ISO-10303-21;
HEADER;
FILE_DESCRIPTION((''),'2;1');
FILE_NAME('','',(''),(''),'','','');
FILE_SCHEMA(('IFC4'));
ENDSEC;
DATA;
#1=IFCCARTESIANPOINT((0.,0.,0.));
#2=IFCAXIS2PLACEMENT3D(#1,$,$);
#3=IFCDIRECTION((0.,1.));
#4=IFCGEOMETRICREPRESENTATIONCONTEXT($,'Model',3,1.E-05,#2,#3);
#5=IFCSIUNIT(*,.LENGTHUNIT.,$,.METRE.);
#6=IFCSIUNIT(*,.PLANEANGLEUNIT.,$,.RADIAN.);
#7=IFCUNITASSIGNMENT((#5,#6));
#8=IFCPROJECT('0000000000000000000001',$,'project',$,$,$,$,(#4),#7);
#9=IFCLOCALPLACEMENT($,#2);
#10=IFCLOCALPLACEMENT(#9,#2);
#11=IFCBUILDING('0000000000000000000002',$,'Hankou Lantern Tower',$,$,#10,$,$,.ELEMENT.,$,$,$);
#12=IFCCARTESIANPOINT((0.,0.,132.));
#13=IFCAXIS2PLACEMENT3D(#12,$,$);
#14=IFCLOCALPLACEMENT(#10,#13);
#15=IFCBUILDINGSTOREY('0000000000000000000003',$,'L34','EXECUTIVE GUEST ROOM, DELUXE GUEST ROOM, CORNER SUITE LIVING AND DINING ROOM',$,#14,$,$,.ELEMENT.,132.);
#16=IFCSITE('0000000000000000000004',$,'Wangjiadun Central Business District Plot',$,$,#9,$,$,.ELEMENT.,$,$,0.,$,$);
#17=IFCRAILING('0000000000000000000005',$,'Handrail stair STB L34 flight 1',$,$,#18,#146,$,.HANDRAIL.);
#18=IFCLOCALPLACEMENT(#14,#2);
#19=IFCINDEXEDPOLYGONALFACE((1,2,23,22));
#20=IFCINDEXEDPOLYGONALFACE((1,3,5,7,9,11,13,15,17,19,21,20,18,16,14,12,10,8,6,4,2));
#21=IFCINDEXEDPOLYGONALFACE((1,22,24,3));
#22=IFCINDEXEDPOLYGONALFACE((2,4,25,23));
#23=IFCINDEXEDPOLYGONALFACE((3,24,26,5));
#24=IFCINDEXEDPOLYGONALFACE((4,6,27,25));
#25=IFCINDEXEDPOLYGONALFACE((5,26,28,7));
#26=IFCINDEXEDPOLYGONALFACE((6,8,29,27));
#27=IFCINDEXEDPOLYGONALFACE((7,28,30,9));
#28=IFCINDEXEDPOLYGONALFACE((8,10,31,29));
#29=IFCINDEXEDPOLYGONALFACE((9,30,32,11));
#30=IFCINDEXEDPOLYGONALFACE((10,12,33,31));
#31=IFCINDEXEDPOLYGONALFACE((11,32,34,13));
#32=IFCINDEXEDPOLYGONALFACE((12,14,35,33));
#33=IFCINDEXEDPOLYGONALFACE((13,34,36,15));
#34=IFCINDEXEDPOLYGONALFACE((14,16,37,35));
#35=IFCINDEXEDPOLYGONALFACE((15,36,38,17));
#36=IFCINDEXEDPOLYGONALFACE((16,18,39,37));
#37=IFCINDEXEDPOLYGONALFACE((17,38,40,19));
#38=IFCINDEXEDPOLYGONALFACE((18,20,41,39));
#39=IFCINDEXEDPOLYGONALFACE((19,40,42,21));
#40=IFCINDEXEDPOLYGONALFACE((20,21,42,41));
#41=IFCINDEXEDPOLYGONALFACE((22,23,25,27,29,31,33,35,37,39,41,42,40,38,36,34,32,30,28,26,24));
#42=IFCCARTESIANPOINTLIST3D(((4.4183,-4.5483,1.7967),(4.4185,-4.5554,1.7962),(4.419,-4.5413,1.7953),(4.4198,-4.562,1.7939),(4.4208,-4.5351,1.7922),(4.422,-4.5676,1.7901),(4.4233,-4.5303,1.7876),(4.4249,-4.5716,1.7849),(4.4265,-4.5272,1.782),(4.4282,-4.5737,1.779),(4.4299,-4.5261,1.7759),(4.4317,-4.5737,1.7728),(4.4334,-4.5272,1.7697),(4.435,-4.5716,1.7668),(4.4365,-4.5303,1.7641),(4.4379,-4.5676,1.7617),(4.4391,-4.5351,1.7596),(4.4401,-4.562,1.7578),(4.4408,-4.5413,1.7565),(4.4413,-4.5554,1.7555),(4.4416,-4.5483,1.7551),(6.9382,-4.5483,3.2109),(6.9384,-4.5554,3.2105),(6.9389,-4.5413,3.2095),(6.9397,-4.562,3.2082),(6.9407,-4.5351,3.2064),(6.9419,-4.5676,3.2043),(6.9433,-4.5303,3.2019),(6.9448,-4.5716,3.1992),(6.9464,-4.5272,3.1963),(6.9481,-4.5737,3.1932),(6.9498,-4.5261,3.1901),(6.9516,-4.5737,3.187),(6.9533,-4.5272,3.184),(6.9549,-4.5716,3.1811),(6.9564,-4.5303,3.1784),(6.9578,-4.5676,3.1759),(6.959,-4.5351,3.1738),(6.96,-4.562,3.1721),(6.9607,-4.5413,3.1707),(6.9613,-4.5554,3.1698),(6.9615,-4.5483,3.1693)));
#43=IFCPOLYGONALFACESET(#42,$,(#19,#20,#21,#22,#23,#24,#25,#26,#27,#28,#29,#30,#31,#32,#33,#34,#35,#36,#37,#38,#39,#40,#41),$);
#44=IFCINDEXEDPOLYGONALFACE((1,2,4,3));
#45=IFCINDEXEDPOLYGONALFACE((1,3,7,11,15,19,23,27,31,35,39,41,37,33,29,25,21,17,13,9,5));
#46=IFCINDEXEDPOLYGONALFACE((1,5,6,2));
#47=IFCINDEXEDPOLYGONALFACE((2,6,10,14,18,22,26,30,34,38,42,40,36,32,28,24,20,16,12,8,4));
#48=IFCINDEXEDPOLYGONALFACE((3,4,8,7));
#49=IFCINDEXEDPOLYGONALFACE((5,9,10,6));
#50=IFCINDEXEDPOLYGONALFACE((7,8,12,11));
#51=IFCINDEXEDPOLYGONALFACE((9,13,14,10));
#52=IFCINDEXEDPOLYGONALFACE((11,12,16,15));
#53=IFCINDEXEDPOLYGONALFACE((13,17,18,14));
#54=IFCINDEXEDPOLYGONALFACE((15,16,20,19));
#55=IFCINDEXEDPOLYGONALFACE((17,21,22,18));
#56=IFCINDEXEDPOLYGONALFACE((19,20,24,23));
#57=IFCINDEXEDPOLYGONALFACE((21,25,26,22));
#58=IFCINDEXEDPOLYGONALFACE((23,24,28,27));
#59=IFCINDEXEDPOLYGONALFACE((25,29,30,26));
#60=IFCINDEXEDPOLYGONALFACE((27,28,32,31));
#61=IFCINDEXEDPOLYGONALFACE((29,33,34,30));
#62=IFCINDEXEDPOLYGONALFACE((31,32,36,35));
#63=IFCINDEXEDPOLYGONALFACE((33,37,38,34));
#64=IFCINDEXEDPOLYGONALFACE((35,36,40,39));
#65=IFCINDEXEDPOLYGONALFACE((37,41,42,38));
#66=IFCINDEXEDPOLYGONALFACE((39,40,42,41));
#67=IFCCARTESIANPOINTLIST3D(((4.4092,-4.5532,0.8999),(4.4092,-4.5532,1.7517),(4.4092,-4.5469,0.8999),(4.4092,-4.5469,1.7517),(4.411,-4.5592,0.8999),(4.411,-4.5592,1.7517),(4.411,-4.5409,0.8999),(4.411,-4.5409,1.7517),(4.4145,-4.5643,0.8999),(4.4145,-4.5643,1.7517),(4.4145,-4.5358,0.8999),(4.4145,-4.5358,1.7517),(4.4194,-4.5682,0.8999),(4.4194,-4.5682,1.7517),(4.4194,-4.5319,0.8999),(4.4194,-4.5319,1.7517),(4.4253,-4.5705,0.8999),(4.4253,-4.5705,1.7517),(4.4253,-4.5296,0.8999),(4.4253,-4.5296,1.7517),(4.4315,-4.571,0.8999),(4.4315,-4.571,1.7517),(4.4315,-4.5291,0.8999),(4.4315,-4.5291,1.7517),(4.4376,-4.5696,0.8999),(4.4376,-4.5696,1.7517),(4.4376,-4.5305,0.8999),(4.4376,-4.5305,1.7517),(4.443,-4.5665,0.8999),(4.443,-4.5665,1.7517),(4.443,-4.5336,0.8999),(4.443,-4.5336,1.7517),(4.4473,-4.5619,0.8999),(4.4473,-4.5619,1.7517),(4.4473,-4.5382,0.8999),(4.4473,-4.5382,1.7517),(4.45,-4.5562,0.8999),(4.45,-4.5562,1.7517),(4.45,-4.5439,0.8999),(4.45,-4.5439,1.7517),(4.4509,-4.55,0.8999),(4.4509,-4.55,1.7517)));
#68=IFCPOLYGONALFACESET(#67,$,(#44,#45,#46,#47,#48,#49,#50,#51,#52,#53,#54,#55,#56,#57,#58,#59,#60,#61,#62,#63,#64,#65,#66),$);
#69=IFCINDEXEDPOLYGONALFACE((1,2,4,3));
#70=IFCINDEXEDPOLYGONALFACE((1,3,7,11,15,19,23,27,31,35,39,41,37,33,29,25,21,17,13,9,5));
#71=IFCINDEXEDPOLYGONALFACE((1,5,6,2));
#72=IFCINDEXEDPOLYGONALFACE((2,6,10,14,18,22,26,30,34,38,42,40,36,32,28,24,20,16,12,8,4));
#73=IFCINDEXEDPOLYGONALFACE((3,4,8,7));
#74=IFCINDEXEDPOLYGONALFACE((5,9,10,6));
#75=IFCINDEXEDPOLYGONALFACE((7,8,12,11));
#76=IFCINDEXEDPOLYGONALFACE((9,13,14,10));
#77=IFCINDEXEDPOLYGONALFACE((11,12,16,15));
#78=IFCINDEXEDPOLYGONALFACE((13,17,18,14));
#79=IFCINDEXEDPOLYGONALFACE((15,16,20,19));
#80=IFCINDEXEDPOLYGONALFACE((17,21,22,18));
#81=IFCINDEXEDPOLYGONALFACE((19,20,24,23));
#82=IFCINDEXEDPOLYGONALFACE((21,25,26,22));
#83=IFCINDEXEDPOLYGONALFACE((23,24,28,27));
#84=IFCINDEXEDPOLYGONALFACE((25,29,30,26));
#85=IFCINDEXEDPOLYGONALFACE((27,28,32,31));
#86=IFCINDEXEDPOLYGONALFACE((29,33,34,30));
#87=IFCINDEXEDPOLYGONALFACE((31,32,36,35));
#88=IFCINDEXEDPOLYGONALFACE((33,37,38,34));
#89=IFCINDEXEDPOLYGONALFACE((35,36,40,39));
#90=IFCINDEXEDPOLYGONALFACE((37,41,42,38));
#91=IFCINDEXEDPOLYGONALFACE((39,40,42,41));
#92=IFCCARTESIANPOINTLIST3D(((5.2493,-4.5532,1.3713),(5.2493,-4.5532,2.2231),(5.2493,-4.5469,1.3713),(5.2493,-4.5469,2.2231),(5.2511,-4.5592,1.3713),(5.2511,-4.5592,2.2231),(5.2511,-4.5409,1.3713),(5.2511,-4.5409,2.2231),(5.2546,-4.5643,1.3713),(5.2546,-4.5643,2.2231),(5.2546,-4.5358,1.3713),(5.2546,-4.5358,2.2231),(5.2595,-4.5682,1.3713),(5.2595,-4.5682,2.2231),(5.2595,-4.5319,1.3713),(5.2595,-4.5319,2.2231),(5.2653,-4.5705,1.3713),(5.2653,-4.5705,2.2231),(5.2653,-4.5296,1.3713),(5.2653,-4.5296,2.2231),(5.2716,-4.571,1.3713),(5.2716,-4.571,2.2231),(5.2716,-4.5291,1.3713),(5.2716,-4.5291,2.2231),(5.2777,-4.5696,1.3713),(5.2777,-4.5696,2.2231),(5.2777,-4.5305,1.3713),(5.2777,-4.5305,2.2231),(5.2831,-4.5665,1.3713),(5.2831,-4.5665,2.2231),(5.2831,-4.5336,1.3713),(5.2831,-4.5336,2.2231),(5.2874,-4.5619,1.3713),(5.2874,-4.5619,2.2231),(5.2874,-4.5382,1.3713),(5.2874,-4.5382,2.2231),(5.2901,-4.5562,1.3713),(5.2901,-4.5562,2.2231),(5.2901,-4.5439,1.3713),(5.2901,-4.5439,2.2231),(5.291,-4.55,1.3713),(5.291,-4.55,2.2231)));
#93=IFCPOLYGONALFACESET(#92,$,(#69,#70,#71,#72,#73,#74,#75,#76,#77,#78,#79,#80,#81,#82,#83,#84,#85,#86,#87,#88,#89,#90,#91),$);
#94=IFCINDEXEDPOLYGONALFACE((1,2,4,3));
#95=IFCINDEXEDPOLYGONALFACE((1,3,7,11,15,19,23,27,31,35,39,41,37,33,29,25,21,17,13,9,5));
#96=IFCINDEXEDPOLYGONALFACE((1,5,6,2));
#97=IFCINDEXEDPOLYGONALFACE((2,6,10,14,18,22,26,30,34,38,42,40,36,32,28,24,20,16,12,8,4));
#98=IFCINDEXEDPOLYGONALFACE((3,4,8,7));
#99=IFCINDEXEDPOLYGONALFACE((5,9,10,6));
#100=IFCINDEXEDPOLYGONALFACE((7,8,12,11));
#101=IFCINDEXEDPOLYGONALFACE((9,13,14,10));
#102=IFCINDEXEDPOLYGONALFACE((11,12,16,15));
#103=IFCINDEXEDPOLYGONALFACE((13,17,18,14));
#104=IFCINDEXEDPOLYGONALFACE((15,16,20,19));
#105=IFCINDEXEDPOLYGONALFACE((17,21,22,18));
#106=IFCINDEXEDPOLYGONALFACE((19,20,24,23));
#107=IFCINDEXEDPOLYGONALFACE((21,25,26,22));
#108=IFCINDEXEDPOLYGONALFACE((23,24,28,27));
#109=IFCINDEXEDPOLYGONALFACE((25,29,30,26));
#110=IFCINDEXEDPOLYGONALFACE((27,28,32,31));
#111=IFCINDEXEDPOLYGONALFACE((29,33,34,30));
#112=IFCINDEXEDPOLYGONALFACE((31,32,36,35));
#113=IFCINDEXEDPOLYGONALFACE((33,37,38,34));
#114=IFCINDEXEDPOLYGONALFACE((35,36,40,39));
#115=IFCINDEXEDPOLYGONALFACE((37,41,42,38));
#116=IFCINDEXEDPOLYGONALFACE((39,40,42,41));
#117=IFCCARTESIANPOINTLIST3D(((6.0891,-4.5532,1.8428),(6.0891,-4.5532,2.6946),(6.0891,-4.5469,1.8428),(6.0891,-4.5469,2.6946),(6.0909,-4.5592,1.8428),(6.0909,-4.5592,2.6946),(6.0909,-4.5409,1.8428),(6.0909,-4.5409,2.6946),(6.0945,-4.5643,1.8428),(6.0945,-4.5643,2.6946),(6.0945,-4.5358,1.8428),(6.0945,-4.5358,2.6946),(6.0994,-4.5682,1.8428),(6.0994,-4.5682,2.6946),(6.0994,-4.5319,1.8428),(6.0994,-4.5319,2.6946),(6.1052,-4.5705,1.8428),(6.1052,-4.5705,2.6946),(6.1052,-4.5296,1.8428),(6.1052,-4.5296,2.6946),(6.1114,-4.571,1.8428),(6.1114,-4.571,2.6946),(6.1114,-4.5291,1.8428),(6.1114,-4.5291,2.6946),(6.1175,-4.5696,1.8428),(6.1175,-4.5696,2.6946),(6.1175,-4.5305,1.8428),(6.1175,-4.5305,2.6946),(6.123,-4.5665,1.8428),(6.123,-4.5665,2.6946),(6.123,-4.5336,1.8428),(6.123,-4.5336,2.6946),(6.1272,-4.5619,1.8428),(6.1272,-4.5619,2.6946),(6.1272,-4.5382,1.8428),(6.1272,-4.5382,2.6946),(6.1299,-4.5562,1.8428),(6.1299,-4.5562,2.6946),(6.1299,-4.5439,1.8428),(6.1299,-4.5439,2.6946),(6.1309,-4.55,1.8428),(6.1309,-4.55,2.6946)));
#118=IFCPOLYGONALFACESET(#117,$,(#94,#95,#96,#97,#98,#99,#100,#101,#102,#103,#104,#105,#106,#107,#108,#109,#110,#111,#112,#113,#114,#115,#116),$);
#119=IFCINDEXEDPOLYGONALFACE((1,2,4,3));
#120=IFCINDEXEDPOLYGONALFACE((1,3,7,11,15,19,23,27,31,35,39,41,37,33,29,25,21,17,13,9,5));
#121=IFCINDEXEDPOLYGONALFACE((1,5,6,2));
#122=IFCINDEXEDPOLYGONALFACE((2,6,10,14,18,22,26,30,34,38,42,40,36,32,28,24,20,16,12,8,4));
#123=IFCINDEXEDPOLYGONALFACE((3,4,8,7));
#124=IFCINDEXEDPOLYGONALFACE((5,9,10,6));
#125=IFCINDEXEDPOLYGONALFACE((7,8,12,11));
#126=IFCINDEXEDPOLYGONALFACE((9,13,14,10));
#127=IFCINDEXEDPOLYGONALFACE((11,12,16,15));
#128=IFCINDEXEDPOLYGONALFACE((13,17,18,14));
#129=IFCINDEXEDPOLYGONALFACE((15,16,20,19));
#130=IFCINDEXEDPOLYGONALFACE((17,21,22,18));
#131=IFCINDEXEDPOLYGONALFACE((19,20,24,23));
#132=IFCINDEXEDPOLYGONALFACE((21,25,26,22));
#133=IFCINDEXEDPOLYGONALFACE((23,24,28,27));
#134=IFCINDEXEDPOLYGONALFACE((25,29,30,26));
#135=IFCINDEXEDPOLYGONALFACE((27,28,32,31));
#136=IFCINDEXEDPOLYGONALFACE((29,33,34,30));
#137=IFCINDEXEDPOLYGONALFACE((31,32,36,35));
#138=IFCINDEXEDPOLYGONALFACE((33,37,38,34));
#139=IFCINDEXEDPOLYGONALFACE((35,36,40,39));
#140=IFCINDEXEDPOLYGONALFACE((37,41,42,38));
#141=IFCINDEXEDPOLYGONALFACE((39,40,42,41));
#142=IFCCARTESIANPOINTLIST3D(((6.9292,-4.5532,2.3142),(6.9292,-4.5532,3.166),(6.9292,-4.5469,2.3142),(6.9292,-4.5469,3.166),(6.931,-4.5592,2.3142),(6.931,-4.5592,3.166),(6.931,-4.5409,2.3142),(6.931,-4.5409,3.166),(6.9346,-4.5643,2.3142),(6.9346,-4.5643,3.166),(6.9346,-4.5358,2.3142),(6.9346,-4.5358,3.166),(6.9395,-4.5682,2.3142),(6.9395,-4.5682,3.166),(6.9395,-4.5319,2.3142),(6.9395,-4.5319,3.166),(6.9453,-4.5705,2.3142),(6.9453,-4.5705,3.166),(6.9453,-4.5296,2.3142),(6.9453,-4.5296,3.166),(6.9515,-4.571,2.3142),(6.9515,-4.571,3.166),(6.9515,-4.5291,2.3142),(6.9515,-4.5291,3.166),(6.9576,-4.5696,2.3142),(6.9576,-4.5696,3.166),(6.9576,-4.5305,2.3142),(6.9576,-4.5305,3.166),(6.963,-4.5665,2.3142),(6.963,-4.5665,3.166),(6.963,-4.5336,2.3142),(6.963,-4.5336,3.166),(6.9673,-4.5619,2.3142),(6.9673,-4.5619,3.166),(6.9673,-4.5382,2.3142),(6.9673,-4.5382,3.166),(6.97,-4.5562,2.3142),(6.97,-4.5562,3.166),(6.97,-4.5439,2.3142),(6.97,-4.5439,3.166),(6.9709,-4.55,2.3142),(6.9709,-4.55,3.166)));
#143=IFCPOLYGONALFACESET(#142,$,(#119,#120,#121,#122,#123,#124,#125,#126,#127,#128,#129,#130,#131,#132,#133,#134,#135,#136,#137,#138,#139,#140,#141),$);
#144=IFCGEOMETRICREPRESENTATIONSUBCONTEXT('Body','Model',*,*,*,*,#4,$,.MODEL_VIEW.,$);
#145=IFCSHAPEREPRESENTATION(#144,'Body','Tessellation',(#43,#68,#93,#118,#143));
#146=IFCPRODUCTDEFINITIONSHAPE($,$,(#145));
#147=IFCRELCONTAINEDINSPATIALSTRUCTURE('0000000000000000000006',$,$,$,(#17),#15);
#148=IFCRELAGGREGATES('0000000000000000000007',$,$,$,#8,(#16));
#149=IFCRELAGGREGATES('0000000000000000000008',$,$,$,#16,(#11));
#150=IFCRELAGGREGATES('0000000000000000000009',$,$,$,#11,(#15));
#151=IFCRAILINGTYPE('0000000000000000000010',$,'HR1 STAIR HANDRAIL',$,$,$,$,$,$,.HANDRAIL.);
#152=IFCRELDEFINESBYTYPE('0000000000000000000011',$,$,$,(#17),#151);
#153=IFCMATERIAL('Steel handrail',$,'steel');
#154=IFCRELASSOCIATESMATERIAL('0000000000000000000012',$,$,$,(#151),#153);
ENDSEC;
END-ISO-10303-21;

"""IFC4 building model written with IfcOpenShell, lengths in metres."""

from ifc_helpers import new_model, si_unit, direction, frame, origin, origin_2d, place, context, subcontext, project, spatial, circle, extrude, material, type_object, element, save


model = new_model("IFC4")

# Units and contexts
model_context = context("Model", 3, precision=1e-05, world=origin(), true_north=direction((0.0, 1.0)))
body_context = subcontext(model_context, "Body", "Model", "MODEL_VIEW")
ifc_project = project(units=[si_unit("LENGTHUNIT", "METRE"), si_unit("PLANEANGLEUNIT", "RADIAN")], contexts=[model_context])

# Site, building, storey
site_placement = place(None, origin())
site = spatial("IfcSite", under=ifc_project, at=site_placement, Name="Wangjiadun Central Business District Plot", CompositionType="ELEMENT", RefElevation=0.0)
building_placement = place(site_placement, origin())
building = spatial("IfcBuilding", under=site, at=building_placement, Name="Hankou Lantern Tower", CompositionType="ELEMENT")
storey_placement = place(building_placement, frame((0.0, 0.0, 132.0)))
storey = spatial("IfcBuildingStorey", under=building, at=storey_placement, Name="L34", Description="EXECUTIVE GUEST ROOM, DELUXE GUEST ROOM, CORNER SUITE LIVING AND DINING ROOM", CompositionType="ELEMENT", Elevation=132.0)

# Railing
ifc_material_1 = material(Name="Steel handrail", Category="steel")
railing_type = type_object("IfcRailingType", Name="HR1 STAIR HANDRAIL", PredefinedType="HANDRAIL", material=ifc_material_1)
railing_1_placement = place(storey_placement, frame((4.4299, -4.55, 0.8999)))
element("IfcRailing", 1, at=railing_1_placement, inside=storey, type_object=railing_type, Name="Handrail stair STB L34 flight 1", PredefinedType="HANDRAIL", context=body_context, shape_type="SweptSolid", body=[
    extrude(circle(Radius=0.0239, at=origin_2d()), frame((0.0, 0.0, 0.876), z_axis=(0.872049, 0.0, 0.489419), x_axis=(0.0, 1.0, 0.0)), (0.0, 0.0, 1.0), 2.8896),
    extrude(circle(Radius=0.021, at=origin_2d()), origin(), (0.0, 0.0, 1.0), 0.8518),
    extrude(circle(Radius=0.021, at=origin_2d()), frame((0.8401, 0.0, 0.4714)), (0.0, 0.0, 1.0), 0.8518),
    extrude(circle(Radius=0.021, at=origin_2d()), frame((1.6799, 0.0, 0.9429)), (0.0, 0.0, 1.0), 0.8518),
    extrude(circle(Radius=0.021, at=origin_2d()), frame((2.52, 0.0, 1.4143)), (0.0, 0.0, 1.0), 0.8518),
])

save(model, "model.ifc")
